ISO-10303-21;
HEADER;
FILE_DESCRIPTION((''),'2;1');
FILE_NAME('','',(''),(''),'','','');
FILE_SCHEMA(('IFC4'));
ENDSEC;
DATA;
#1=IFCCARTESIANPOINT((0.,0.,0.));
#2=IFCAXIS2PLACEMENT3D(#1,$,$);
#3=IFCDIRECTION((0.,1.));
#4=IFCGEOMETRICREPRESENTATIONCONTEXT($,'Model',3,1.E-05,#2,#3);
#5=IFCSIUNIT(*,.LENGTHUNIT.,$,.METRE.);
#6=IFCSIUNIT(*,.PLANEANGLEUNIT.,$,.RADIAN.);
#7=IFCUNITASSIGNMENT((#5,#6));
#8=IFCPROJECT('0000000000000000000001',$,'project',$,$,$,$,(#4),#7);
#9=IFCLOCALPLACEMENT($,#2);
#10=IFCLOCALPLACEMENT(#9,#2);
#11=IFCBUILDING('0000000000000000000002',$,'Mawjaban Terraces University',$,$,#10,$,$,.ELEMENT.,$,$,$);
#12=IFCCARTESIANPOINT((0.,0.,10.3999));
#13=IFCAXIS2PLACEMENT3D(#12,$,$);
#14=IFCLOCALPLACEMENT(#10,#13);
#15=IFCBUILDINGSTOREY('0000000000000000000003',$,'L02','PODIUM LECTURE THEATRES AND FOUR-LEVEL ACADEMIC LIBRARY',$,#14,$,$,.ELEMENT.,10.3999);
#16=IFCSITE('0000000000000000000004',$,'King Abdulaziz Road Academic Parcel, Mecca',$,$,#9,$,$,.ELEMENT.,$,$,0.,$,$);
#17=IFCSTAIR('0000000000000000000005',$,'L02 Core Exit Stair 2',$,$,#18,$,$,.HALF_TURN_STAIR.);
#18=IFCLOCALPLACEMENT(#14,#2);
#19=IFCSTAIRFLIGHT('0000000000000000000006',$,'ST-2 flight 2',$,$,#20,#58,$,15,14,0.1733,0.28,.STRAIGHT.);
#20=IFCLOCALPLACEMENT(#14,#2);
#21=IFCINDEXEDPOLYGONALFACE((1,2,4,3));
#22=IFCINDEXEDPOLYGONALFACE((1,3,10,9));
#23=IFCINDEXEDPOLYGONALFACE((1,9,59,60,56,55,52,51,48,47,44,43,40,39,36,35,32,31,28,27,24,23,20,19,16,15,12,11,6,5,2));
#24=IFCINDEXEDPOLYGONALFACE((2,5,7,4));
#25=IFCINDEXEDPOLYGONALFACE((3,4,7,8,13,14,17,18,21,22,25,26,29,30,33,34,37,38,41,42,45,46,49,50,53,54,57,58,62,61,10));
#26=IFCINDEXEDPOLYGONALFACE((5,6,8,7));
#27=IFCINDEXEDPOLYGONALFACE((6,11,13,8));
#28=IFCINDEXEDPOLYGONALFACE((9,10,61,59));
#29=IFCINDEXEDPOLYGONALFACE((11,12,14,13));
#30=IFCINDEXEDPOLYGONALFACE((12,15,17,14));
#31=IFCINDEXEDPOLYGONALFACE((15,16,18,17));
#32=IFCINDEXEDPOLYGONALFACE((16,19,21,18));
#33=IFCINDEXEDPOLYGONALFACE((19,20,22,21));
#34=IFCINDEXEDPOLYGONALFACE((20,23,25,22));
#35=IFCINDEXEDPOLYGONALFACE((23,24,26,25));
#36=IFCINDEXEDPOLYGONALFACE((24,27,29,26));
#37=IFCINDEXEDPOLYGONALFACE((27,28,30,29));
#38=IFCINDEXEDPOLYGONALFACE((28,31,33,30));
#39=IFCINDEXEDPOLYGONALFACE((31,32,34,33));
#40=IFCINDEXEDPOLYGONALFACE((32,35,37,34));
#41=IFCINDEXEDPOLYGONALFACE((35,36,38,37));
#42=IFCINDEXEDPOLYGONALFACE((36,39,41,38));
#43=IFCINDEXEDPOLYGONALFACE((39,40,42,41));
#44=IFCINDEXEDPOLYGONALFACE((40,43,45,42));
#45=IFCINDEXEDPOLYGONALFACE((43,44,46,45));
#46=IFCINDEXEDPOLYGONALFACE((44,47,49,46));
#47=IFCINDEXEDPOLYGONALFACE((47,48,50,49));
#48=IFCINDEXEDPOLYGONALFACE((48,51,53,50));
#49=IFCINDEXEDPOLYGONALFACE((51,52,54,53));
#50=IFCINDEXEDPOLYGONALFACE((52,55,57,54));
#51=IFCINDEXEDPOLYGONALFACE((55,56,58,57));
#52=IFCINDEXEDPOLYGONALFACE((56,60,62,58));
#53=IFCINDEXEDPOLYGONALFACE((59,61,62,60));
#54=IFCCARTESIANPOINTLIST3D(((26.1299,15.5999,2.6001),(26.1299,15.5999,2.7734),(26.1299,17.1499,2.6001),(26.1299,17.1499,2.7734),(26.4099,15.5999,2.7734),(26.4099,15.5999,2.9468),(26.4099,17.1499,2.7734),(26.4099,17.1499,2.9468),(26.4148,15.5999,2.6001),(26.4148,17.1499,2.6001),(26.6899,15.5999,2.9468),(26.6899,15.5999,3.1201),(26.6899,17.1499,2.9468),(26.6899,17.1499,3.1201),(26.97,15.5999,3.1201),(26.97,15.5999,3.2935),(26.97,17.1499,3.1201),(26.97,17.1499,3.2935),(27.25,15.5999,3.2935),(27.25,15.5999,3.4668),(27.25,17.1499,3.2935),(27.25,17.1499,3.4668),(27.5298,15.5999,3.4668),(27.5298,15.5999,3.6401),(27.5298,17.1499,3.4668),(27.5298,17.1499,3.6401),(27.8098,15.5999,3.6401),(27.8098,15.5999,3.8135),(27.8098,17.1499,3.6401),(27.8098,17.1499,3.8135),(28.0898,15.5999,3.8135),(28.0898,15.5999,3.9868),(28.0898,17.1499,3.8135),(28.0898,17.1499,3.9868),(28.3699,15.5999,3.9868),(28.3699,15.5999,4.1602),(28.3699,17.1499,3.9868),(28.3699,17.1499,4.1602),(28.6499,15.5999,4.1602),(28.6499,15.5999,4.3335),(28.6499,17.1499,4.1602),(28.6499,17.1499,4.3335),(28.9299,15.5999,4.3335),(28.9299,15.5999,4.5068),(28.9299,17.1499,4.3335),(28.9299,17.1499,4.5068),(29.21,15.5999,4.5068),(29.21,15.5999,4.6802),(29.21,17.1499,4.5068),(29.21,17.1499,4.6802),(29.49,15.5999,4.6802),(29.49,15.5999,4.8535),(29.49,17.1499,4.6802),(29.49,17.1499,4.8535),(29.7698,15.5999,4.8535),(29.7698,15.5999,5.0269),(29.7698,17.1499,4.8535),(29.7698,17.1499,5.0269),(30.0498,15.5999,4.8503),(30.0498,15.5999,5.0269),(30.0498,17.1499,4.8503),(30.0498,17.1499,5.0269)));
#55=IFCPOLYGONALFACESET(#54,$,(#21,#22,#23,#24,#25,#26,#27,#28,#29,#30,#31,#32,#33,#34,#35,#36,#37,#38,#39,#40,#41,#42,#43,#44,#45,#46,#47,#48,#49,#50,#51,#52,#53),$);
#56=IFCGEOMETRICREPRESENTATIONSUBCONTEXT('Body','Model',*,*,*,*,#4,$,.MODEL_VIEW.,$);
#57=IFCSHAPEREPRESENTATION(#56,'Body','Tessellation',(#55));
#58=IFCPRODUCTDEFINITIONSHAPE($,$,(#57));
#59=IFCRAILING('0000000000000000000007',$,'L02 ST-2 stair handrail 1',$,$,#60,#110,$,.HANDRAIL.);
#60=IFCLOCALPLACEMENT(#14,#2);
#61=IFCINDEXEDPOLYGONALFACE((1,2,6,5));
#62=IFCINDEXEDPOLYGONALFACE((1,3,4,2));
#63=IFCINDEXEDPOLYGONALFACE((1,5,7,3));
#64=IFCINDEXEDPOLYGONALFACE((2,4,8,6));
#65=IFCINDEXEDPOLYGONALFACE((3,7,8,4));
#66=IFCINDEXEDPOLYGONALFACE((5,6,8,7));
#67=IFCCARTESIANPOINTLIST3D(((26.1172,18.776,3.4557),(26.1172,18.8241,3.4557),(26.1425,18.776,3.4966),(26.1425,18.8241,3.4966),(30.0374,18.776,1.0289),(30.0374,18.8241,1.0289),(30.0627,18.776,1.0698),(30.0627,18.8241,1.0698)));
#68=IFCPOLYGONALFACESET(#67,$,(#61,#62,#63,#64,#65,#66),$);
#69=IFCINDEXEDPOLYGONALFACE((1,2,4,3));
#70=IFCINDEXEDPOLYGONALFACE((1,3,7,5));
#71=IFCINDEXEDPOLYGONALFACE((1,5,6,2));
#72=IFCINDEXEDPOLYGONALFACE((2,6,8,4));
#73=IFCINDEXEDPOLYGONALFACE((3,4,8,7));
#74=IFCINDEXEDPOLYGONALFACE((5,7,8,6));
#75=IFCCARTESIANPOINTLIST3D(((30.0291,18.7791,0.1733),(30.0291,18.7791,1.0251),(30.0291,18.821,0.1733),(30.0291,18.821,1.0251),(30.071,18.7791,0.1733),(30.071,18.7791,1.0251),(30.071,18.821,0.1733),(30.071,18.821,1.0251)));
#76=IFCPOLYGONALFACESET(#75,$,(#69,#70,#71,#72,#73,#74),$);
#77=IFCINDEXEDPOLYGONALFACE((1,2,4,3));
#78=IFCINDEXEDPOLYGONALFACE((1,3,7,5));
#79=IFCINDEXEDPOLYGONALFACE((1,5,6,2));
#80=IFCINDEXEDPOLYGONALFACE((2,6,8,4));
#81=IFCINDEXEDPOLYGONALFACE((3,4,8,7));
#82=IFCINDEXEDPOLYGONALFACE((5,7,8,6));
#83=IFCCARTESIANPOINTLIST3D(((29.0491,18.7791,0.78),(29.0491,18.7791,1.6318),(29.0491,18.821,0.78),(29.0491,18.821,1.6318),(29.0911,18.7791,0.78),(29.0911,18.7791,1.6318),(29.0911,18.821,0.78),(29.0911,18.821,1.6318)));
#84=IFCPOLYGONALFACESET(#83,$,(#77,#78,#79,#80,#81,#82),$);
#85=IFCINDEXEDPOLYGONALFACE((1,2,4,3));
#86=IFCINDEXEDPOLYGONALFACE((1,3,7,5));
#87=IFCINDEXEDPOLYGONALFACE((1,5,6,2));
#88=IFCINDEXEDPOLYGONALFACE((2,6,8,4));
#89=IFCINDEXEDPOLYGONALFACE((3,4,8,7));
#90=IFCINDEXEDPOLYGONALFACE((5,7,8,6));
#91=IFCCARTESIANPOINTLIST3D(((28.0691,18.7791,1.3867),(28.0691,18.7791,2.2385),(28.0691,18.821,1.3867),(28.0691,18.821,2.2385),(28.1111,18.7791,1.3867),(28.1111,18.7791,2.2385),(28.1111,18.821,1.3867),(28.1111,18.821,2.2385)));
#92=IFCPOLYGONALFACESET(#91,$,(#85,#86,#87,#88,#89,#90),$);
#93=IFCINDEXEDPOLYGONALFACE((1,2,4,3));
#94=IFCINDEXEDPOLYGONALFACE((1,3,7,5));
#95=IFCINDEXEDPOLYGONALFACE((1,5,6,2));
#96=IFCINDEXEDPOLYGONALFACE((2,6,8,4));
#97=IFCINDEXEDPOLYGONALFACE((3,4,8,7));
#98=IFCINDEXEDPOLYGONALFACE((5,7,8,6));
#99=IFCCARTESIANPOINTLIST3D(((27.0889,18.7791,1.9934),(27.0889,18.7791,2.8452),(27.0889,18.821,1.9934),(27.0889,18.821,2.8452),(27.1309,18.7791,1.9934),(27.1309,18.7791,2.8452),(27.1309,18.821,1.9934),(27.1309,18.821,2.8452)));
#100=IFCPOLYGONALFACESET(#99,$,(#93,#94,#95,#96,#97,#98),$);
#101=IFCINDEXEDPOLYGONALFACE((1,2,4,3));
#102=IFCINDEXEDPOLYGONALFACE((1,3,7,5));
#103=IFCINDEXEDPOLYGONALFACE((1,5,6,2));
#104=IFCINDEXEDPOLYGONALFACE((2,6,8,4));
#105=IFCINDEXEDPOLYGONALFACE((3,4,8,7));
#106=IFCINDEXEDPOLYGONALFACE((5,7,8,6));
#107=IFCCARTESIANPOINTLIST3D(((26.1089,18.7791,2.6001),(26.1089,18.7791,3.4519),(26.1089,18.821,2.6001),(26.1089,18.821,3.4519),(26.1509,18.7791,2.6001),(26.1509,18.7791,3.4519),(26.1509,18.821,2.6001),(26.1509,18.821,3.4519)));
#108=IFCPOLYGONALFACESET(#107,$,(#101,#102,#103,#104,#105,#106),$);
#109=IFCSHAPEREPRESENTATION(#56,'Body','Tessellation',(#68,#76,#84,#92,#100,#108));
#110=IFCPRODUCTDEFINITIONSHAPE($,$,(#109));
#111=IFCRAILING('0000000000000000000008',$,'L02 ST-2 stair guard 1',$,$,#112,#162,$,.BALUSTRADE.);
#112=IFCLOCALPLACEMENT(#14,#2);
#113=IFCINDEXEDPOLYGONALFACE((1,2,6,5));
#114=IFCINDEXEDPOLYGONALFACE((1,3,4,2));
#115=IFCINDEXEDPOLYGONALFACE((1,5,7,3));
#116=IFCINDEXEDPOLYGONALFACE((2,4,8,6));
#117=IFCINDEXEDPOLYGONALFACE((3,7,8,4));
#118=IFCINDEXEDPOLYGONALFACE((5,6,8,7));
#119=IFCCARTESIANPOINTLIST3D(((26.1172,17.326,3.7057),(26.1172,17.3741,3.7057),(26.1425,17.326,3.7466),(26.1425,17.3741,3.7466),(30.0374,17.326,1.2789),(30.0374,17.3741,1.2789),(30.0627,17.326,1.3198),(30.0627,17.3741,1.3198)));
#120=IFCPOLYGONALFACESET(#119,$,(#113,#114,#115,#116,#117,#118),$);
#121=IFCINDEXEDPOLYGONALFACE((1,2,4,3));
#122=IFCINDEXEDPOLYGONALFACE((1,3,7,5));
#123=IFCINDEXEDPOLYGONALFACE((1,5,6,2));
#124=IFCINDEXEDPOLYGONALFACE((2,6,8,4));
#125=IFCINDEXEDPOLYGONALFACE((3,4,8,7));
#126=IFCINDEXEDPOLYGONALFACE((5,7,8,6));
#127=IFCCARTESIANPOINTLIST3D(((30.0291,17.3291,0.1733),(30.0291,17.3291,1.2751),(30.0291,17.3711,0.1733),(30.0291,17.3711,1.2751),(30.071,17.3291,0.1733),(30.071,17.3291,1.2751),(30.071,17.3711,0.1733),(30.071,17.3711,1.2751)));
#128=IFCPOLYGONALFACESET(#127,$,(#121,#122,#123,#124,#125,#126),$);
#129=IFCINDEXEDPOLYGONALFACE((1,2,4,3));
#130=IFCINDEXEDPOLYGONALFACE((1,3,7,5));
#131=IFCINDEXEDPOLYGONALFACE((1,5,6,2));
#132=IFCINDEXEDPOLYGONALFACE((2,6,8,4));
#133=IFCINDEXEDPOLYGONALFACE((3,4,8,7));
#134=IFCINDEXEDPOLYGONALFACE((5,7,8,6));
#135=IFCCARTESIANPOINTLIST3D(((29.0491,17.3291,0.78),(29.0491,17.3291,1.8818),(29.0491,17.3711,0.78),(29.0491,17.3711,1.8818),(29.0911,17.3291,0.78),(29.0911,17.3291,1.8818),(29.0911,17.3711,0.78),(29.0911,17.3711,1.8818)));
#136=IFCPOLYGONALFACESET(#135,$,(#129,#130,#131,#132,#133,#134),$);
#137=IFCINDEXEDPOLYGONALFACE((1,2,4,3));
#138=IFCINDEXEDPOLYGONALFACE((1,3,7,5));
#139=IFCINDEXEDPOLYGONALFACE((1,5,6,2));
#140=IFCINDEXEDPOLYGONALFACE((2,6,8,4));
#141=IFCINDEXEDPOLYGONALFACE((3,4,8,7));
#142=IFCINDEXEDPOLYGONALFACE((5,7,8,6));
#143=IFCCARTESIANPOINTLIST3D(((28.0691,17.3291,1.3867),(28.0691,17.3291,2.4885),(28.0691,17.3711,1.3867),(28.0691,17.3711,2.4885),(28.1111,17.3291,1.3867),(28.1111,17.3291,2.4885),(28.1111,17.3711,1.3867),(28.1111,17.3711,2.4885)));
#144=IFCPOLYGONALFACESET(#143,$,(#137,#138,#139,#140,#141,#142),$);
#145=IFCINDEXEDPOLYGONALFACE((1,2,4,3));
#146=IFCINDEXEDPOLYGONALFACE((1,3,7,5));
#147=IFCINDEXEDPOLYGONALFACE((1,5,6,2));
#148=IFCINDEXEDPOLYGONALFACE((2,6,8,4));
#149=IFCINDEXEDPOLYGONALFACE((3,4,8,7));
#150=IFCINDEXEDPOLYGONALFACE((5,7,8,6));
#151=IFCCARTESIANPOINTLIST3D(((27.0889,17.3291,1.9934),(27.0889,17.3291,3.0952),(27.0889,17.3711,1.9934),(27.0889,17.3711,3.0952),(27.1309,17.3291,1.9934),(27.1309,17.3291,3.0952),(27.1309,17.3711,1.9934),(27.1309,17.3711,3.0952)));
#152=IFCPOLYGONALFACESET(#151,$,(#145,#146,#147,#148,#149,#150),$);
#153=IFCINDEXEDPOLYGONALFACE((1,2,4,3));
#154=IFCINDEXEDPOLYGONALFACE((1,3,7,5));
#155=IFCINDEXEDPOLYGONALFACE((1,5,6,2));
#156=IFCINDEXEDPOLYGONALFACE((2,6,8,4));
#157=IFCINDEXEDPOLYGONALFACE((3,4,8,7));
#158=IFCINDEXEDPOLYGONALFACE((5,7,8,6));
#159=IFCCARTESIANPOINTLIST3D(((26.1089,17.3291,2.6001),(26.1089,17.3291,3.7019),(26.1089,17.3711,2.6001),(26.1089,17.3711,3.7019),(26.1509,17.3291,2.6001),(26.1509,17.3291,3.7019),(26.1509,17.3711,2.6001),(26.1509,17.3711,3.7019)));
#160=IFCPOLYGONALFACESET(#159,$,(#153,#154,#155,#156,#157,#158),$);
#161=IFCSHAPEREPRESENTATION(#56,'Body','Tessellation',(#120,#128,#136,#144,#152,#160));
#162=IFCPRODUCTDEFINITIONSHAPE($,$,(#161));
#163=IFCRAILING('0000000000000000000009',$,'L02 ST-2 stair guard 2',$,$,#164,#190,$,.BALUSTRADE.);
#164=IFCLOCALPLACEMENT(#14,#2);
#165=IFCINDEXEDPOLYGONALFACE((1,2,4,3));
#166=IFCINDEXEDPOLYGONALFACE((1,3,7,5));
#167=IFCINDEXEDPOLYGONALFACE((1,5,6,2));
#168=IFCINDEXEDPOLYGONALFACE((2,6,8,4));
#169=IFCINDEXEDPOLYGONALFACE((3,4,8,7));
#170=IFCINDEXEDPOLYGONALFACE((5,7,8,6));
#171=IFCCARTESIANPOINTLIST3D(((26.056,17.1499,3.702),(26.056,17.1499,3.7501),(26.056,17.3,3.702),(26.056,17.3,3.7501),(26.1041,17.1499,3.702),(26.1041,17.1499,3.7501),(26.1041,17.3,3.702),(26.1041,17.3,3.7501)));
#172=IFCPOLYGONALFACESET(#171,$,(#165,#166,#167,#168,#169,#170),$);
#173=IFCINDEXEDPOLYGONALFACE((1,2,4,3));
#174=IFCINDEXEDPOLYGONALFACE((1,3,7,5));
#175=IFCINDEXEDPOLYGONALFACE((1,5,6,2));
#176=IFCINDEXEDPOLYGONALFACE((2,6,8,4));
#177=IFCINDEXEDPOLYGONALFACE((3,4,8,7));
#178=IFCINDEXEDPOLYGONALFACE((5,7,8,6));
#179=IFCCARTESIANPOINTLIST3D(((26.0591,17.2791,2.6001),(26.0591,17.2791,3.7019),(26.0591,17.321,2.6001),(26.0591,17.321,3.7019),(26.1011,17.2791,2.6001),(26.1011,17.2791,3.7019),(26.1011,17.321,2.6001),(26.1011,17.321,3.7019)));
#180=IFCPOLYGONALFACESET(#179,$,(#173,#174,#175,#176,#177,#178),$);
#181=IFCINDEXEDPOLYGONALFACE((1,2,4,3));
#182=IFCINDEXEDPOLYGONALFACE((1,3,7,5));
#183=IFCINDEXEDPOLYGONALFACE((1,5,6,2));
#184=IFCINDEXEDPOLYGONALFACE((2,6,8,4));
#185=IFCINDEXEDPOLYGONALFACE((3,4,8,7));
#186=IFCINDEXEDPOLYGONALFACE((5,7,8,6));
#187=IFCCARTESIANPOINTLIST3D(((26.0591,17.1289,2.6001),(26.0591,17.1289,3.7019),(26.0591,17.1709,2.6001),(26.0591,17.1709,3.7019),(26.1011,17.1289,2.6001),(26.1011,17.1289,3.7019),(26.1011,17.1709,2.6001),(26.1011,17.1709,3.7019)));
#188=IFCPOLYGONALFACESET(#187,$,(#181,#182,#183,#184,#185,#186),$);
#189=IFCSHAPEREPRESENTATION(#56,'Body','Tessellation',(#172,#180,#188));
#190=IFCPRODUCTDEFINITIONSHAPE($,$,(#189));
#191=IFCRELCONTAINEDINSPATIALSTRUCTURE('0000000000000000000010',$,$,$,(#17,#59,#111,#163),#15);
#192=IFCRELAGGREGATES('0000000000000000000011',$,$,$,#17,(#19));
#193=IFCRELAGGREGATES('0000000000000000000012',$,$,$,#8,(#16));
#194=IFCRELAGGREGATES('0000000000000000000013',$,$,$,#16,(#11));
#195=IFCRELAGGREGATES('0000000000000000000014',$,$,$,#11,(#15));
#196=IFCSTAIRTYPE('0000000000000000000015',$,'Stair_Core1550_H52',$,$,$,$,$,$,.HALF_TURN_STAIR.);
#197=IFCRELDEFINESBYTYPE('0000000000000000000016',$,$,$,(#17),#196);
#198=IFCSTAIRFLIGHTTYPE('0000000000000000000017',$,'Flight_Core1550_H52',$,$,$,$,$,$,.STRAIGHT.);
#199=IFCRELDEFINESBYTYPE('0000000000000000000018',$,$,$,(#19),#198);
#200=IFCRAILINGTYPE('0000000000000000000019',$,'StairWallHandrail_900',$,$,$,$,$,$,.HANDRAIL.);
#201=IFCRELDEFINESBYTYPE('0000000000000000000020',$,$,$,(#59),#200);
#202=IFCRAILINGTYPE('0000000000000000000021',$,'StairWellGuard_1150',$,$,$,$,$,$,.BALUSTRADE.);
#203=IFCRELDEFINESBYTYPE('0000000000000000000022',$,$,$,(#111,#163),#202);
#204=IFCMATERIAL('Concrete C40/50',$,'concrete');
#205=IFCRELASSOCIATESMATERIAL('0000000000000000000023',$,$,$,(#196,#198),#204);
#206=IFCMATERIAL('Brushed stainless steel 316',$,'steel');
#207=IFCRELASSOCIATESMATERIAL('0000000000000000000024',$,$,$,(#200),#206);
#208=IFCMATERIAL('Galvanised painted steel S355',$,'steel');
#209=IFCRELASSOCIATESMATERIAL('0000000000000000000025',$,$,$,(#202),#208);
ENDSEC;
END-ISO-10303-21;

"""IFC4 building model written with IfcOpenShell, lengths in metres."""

from ifc_helpers import new_model, si_unit, direction, frame, origin, origin_2d, place, context, subcontext, project, spatial, polyline, rectangle, outline, extrude, material, type_object, element, aggregate, save


model = new_model("IFC4")

# Units and contexts
model_context = context("Model", 3, precision=1e-05, world=origin(), true_north=direction((0.0, 1.0)))
body_context = subcontext(model_context, "Body", "Model", "MODEL_VIEW")
ifc_project = project(units=[si_unit("LENGTHUNIT", "METRE"), si_unit("PLANEANGLEUNIT", "RADIAN")], contexts=[model_context])

# Site, building, storey
site_placement = place(None, origin())
site = spatial("IfcSite", under=ifc_project, at=site_placement, Name="King Abdulaziz Road Academic Parcel, Mecca", CompositionType="ELEMENT", RefElevation=0.0)
building_placement = place(site_placement, origin())
building = spatial("IfcBuilding", under=site, at=building_placement, Name="Mawjaban Terraces University", CompositionType="ELEMENT")
storey_placement = place(building_placement, frame((0.0, 0.0, 10.3999)))
storey = spatial("IfcBuildingStorey", under=building, at=storey_placement, Name="L02", Description="PODIUM LECTURE THEATRES AND FOUR-LEVEL ACADEMIC LIBRARY", CompositionType="ELEMENT", Elevation=10.3999)

# Shared definitions
ifc_material_1 = material(Name="Concrete C40/50", Category="concrete")

# Stair, stair flight
stair_type = type_object("IfcStairType", Name="Stair_Core1550_H52", PredefinedType="HALF_TURN_STAIR", material=ifc_material_1)
stair_placement = place(storey_placement, origin())
stair = element("IfcStair", 1, at=stair_placement, inside=storey, type_object=stair_type, Name="L02 Core Exit Stair 2", PredefinedType="HALF_TURN_STAIR")
stair_flight_type = type_object("IfcStairFlightType", Name="Flight_Core1550_H52", PredefinedType="STRAIGHT", material=ifc_material_1)
stair_flight_1_placement = place(storey_placement, frame((26.1299, 16.375, 2.6001), z_axis=(0.0, 0.0, 1.0), x_axis=(1.0, 0.0, 0.0)))
stair_flight_1 = element("IfcStairFlight", 2, at=stair_flight_1_placement, type_object=stair_flight_type, Name="ST-2 flight 2", NumberOfRisers=15, NumberOfTreads=14, PredefinedType="STRAIGHT", RiserHeight=0.1733, TreadLength=0.28, context=body_context, shape_type="SweptSolid", body=[
    extrude(outline(polyline([(0.0, 0.0), (0.0, 0.1733), (0.28, 0.1733), (0.28, 0.3467), (0.5601, 0.3467), (0.5601, 0.52), (0.8401, 0.52), (0.8401, 0.6934), (1.1201, 0.6934), (1.1201, 0.8667), (1.3999, 0.8667), (1.3999, 1.04), (1.6799, 1.04), (1.6799, 1.2134), (1.96, 1.2134), (1.96, 1.3867), (2.24, 1.3867), (2.24, 1.5601), (2.52, 1.5601), (2.52, 1.7334), (2.8, 1.7334), (2.8, 1.9067), (3.0801, 1.9067), (3.0801, 2.0801), (3.3601, 2.0801), (3.3601, 2.2534), (3.6399, 2.2534), (3.6399, 2.4268), (3.9199, 2.4268), (3.9199, 2.6001), (3.9199, 2.2502), (0.2849, 0.0), (0.0, 0.0)])), frame((0.0, 0.7749, 0.0), z_axis=(0.0, -1.0, 0.0), x_axis=(1.0, 0.0, 0.0)), (0.0, 0.0, 1.0), 1.55),
])
aggregate(stair, [stair_flight_1])

# Railings
ifc_material_2 = material(Name="Brushed stainless steel 316", Category="steel")
railing_type_1 = type_object("IfcRailingType", Name="StairWallHandrail_900", PredefinedType="HANDRAIL", material=ifc_material_2)
railing_1_placement = place(storey_placement, frame((30.05, 18.8, 0.1733)))
element("IfcRailing", 3, at=railing_1_placement, inside=storey, type_object=railing_type_1, Name="L02 ST-2 stair handrail 1", PredefinedType="HANDRAIL", context=body_context, shape_type="SweptSolid", body=[
    extrude(rectangle(XDim=0.0481, YDim=0.0481, at=origin_2d()), frame((0.0, 0.0, 0.876), z_axis=(-0.850266, 0.0, 0.526353), x_axis=(0.0, -1.0, 0.0)), (0.0, 0.0, 1.0), 4.6106),
    extrude(rectangle(XDim=0.042, YDim=0.042, at=origin_2d()), origin(), (0.0, 0.0, 1.0), 0.8518),
    extrude(rectangle(XDim=0.042, YDim=0.042, at=origin_2d()), frame((-0.98, 0.0, 0.6067)), (0.0, 0.0, 1.0), 0.8518),
    extrude(rectangle(XDim=0.042, YDim=0.042, at=origin_2d()), frame((-1.96, 0.0, 1.2134)), (0.0, 0.0, 1.0), 0.8518),
    extrude(rectangle(XDim=0.042, YDim=0.042, at=origin_2d()), frame((-2.9402, 0.0, 1.8201)), (0.0, 0.0, 1.0), 0.8518),
    extrude(rectangle(XDim=0.042, YDim=0.042, at=origin_2d()), frame((-3.9202, 0.0, 2.4268)), (0.0, 0.0, 1.0), 0.8518),
])
ifc_material_3 = material(Name="Galvanised painted steel S355", Category="steel")
railing_type_2 = type_object("IfcRailingType", Name="StairWellGuard_1150", PredefinedType="BALUSTRADE", material=ifc_material_3)
railing_2_placement = place(storey_placement, frame((30.05, 17.3501, 0.1733)))
element("IfcRailing", 4, at=railing_2_placement, inside=storey, type_object=railing_type_2, Name="L02 ST-2 stair guard 1", PredefinedType="BALUSTRADE", context=body_context, shape_type="SweptSolid", body=[
    extrude(rectangle(XDim=0.0481, YDim=0.0481, at=origin_2d()), frame((0.0, 0.0, 1.126), z_axis=(-0.850266, 0.0, 0.526353), x_axis=(0.0, -1.0, 0.0)), (0.0, 0.0, 1.0), 4.6106),
    extrude(rectangle(XDim=0.042, YDim=0.042, at=origin_2d()), origin(), (0.0, 0.0, 1.0), 1.1018),
    extrude(rectangle(XDim=0.042, YDim=0.042, at=origin_2d()), frame((-0.98, 0.0, 0.6067)), (0.0, 0.0, 1.0), 1.1018),
    extrude(rectangle(XDim=0.042, YDim=0.042, at=origin_2d()), frame((-1.96, 0.0, 1.2134)), (0.0, 0.0, 1.0), 1.1018),
    extrude(rectangle(XDim=0.042, YDim=0.042, at=origin_2d()), frame((-2.9402, 0.0, 1.8201)), (0.0, 0.0, 1.0), 1.1018),
    extrude(rectangle(XDim=0.042, YDim=0.042, at=origin_2d()), frame((-3.9202, 0.0, 2.4268)), (0.0, 0.0, 1.0), 1.1018),
])
railing_3_placement = place(storey_placement, frame((26.0801, 17.3, 2.6001)))
element("IfcRailing", 5, at=railing_3_placement, inside=storey, type_object=railing_type_2, Name="L02 ST-2 stair guard 2", PredefinedType="BALUSTRADE", context=body_context, shape_type="SweptSolid", body=[
    extrude(rectangle(XDim=0.0481, YDim=0.0481, at=origin_2d()), frame((0.0, 0.0, 1.126), z_axis=(0.0, -1.0, 0.0), x_axis=(1.0, 0.0, 0.0)), (0.0, 0.0, 1.0), 0.1501),
    extrude(rectangle(XDim=0.042, YDim=0.042, at=origin_2d()), origin(), (0.0, 0.0, 1.0), 1.1018),
    extrude(rectangle(XDim=0.042, YDim=0.042, at=origin_2d()), frame((0.0, -0.1501, 0.0)), (0.0, 0.0, 1.0), 1.1018),
])

save(model, "model.ifc")
